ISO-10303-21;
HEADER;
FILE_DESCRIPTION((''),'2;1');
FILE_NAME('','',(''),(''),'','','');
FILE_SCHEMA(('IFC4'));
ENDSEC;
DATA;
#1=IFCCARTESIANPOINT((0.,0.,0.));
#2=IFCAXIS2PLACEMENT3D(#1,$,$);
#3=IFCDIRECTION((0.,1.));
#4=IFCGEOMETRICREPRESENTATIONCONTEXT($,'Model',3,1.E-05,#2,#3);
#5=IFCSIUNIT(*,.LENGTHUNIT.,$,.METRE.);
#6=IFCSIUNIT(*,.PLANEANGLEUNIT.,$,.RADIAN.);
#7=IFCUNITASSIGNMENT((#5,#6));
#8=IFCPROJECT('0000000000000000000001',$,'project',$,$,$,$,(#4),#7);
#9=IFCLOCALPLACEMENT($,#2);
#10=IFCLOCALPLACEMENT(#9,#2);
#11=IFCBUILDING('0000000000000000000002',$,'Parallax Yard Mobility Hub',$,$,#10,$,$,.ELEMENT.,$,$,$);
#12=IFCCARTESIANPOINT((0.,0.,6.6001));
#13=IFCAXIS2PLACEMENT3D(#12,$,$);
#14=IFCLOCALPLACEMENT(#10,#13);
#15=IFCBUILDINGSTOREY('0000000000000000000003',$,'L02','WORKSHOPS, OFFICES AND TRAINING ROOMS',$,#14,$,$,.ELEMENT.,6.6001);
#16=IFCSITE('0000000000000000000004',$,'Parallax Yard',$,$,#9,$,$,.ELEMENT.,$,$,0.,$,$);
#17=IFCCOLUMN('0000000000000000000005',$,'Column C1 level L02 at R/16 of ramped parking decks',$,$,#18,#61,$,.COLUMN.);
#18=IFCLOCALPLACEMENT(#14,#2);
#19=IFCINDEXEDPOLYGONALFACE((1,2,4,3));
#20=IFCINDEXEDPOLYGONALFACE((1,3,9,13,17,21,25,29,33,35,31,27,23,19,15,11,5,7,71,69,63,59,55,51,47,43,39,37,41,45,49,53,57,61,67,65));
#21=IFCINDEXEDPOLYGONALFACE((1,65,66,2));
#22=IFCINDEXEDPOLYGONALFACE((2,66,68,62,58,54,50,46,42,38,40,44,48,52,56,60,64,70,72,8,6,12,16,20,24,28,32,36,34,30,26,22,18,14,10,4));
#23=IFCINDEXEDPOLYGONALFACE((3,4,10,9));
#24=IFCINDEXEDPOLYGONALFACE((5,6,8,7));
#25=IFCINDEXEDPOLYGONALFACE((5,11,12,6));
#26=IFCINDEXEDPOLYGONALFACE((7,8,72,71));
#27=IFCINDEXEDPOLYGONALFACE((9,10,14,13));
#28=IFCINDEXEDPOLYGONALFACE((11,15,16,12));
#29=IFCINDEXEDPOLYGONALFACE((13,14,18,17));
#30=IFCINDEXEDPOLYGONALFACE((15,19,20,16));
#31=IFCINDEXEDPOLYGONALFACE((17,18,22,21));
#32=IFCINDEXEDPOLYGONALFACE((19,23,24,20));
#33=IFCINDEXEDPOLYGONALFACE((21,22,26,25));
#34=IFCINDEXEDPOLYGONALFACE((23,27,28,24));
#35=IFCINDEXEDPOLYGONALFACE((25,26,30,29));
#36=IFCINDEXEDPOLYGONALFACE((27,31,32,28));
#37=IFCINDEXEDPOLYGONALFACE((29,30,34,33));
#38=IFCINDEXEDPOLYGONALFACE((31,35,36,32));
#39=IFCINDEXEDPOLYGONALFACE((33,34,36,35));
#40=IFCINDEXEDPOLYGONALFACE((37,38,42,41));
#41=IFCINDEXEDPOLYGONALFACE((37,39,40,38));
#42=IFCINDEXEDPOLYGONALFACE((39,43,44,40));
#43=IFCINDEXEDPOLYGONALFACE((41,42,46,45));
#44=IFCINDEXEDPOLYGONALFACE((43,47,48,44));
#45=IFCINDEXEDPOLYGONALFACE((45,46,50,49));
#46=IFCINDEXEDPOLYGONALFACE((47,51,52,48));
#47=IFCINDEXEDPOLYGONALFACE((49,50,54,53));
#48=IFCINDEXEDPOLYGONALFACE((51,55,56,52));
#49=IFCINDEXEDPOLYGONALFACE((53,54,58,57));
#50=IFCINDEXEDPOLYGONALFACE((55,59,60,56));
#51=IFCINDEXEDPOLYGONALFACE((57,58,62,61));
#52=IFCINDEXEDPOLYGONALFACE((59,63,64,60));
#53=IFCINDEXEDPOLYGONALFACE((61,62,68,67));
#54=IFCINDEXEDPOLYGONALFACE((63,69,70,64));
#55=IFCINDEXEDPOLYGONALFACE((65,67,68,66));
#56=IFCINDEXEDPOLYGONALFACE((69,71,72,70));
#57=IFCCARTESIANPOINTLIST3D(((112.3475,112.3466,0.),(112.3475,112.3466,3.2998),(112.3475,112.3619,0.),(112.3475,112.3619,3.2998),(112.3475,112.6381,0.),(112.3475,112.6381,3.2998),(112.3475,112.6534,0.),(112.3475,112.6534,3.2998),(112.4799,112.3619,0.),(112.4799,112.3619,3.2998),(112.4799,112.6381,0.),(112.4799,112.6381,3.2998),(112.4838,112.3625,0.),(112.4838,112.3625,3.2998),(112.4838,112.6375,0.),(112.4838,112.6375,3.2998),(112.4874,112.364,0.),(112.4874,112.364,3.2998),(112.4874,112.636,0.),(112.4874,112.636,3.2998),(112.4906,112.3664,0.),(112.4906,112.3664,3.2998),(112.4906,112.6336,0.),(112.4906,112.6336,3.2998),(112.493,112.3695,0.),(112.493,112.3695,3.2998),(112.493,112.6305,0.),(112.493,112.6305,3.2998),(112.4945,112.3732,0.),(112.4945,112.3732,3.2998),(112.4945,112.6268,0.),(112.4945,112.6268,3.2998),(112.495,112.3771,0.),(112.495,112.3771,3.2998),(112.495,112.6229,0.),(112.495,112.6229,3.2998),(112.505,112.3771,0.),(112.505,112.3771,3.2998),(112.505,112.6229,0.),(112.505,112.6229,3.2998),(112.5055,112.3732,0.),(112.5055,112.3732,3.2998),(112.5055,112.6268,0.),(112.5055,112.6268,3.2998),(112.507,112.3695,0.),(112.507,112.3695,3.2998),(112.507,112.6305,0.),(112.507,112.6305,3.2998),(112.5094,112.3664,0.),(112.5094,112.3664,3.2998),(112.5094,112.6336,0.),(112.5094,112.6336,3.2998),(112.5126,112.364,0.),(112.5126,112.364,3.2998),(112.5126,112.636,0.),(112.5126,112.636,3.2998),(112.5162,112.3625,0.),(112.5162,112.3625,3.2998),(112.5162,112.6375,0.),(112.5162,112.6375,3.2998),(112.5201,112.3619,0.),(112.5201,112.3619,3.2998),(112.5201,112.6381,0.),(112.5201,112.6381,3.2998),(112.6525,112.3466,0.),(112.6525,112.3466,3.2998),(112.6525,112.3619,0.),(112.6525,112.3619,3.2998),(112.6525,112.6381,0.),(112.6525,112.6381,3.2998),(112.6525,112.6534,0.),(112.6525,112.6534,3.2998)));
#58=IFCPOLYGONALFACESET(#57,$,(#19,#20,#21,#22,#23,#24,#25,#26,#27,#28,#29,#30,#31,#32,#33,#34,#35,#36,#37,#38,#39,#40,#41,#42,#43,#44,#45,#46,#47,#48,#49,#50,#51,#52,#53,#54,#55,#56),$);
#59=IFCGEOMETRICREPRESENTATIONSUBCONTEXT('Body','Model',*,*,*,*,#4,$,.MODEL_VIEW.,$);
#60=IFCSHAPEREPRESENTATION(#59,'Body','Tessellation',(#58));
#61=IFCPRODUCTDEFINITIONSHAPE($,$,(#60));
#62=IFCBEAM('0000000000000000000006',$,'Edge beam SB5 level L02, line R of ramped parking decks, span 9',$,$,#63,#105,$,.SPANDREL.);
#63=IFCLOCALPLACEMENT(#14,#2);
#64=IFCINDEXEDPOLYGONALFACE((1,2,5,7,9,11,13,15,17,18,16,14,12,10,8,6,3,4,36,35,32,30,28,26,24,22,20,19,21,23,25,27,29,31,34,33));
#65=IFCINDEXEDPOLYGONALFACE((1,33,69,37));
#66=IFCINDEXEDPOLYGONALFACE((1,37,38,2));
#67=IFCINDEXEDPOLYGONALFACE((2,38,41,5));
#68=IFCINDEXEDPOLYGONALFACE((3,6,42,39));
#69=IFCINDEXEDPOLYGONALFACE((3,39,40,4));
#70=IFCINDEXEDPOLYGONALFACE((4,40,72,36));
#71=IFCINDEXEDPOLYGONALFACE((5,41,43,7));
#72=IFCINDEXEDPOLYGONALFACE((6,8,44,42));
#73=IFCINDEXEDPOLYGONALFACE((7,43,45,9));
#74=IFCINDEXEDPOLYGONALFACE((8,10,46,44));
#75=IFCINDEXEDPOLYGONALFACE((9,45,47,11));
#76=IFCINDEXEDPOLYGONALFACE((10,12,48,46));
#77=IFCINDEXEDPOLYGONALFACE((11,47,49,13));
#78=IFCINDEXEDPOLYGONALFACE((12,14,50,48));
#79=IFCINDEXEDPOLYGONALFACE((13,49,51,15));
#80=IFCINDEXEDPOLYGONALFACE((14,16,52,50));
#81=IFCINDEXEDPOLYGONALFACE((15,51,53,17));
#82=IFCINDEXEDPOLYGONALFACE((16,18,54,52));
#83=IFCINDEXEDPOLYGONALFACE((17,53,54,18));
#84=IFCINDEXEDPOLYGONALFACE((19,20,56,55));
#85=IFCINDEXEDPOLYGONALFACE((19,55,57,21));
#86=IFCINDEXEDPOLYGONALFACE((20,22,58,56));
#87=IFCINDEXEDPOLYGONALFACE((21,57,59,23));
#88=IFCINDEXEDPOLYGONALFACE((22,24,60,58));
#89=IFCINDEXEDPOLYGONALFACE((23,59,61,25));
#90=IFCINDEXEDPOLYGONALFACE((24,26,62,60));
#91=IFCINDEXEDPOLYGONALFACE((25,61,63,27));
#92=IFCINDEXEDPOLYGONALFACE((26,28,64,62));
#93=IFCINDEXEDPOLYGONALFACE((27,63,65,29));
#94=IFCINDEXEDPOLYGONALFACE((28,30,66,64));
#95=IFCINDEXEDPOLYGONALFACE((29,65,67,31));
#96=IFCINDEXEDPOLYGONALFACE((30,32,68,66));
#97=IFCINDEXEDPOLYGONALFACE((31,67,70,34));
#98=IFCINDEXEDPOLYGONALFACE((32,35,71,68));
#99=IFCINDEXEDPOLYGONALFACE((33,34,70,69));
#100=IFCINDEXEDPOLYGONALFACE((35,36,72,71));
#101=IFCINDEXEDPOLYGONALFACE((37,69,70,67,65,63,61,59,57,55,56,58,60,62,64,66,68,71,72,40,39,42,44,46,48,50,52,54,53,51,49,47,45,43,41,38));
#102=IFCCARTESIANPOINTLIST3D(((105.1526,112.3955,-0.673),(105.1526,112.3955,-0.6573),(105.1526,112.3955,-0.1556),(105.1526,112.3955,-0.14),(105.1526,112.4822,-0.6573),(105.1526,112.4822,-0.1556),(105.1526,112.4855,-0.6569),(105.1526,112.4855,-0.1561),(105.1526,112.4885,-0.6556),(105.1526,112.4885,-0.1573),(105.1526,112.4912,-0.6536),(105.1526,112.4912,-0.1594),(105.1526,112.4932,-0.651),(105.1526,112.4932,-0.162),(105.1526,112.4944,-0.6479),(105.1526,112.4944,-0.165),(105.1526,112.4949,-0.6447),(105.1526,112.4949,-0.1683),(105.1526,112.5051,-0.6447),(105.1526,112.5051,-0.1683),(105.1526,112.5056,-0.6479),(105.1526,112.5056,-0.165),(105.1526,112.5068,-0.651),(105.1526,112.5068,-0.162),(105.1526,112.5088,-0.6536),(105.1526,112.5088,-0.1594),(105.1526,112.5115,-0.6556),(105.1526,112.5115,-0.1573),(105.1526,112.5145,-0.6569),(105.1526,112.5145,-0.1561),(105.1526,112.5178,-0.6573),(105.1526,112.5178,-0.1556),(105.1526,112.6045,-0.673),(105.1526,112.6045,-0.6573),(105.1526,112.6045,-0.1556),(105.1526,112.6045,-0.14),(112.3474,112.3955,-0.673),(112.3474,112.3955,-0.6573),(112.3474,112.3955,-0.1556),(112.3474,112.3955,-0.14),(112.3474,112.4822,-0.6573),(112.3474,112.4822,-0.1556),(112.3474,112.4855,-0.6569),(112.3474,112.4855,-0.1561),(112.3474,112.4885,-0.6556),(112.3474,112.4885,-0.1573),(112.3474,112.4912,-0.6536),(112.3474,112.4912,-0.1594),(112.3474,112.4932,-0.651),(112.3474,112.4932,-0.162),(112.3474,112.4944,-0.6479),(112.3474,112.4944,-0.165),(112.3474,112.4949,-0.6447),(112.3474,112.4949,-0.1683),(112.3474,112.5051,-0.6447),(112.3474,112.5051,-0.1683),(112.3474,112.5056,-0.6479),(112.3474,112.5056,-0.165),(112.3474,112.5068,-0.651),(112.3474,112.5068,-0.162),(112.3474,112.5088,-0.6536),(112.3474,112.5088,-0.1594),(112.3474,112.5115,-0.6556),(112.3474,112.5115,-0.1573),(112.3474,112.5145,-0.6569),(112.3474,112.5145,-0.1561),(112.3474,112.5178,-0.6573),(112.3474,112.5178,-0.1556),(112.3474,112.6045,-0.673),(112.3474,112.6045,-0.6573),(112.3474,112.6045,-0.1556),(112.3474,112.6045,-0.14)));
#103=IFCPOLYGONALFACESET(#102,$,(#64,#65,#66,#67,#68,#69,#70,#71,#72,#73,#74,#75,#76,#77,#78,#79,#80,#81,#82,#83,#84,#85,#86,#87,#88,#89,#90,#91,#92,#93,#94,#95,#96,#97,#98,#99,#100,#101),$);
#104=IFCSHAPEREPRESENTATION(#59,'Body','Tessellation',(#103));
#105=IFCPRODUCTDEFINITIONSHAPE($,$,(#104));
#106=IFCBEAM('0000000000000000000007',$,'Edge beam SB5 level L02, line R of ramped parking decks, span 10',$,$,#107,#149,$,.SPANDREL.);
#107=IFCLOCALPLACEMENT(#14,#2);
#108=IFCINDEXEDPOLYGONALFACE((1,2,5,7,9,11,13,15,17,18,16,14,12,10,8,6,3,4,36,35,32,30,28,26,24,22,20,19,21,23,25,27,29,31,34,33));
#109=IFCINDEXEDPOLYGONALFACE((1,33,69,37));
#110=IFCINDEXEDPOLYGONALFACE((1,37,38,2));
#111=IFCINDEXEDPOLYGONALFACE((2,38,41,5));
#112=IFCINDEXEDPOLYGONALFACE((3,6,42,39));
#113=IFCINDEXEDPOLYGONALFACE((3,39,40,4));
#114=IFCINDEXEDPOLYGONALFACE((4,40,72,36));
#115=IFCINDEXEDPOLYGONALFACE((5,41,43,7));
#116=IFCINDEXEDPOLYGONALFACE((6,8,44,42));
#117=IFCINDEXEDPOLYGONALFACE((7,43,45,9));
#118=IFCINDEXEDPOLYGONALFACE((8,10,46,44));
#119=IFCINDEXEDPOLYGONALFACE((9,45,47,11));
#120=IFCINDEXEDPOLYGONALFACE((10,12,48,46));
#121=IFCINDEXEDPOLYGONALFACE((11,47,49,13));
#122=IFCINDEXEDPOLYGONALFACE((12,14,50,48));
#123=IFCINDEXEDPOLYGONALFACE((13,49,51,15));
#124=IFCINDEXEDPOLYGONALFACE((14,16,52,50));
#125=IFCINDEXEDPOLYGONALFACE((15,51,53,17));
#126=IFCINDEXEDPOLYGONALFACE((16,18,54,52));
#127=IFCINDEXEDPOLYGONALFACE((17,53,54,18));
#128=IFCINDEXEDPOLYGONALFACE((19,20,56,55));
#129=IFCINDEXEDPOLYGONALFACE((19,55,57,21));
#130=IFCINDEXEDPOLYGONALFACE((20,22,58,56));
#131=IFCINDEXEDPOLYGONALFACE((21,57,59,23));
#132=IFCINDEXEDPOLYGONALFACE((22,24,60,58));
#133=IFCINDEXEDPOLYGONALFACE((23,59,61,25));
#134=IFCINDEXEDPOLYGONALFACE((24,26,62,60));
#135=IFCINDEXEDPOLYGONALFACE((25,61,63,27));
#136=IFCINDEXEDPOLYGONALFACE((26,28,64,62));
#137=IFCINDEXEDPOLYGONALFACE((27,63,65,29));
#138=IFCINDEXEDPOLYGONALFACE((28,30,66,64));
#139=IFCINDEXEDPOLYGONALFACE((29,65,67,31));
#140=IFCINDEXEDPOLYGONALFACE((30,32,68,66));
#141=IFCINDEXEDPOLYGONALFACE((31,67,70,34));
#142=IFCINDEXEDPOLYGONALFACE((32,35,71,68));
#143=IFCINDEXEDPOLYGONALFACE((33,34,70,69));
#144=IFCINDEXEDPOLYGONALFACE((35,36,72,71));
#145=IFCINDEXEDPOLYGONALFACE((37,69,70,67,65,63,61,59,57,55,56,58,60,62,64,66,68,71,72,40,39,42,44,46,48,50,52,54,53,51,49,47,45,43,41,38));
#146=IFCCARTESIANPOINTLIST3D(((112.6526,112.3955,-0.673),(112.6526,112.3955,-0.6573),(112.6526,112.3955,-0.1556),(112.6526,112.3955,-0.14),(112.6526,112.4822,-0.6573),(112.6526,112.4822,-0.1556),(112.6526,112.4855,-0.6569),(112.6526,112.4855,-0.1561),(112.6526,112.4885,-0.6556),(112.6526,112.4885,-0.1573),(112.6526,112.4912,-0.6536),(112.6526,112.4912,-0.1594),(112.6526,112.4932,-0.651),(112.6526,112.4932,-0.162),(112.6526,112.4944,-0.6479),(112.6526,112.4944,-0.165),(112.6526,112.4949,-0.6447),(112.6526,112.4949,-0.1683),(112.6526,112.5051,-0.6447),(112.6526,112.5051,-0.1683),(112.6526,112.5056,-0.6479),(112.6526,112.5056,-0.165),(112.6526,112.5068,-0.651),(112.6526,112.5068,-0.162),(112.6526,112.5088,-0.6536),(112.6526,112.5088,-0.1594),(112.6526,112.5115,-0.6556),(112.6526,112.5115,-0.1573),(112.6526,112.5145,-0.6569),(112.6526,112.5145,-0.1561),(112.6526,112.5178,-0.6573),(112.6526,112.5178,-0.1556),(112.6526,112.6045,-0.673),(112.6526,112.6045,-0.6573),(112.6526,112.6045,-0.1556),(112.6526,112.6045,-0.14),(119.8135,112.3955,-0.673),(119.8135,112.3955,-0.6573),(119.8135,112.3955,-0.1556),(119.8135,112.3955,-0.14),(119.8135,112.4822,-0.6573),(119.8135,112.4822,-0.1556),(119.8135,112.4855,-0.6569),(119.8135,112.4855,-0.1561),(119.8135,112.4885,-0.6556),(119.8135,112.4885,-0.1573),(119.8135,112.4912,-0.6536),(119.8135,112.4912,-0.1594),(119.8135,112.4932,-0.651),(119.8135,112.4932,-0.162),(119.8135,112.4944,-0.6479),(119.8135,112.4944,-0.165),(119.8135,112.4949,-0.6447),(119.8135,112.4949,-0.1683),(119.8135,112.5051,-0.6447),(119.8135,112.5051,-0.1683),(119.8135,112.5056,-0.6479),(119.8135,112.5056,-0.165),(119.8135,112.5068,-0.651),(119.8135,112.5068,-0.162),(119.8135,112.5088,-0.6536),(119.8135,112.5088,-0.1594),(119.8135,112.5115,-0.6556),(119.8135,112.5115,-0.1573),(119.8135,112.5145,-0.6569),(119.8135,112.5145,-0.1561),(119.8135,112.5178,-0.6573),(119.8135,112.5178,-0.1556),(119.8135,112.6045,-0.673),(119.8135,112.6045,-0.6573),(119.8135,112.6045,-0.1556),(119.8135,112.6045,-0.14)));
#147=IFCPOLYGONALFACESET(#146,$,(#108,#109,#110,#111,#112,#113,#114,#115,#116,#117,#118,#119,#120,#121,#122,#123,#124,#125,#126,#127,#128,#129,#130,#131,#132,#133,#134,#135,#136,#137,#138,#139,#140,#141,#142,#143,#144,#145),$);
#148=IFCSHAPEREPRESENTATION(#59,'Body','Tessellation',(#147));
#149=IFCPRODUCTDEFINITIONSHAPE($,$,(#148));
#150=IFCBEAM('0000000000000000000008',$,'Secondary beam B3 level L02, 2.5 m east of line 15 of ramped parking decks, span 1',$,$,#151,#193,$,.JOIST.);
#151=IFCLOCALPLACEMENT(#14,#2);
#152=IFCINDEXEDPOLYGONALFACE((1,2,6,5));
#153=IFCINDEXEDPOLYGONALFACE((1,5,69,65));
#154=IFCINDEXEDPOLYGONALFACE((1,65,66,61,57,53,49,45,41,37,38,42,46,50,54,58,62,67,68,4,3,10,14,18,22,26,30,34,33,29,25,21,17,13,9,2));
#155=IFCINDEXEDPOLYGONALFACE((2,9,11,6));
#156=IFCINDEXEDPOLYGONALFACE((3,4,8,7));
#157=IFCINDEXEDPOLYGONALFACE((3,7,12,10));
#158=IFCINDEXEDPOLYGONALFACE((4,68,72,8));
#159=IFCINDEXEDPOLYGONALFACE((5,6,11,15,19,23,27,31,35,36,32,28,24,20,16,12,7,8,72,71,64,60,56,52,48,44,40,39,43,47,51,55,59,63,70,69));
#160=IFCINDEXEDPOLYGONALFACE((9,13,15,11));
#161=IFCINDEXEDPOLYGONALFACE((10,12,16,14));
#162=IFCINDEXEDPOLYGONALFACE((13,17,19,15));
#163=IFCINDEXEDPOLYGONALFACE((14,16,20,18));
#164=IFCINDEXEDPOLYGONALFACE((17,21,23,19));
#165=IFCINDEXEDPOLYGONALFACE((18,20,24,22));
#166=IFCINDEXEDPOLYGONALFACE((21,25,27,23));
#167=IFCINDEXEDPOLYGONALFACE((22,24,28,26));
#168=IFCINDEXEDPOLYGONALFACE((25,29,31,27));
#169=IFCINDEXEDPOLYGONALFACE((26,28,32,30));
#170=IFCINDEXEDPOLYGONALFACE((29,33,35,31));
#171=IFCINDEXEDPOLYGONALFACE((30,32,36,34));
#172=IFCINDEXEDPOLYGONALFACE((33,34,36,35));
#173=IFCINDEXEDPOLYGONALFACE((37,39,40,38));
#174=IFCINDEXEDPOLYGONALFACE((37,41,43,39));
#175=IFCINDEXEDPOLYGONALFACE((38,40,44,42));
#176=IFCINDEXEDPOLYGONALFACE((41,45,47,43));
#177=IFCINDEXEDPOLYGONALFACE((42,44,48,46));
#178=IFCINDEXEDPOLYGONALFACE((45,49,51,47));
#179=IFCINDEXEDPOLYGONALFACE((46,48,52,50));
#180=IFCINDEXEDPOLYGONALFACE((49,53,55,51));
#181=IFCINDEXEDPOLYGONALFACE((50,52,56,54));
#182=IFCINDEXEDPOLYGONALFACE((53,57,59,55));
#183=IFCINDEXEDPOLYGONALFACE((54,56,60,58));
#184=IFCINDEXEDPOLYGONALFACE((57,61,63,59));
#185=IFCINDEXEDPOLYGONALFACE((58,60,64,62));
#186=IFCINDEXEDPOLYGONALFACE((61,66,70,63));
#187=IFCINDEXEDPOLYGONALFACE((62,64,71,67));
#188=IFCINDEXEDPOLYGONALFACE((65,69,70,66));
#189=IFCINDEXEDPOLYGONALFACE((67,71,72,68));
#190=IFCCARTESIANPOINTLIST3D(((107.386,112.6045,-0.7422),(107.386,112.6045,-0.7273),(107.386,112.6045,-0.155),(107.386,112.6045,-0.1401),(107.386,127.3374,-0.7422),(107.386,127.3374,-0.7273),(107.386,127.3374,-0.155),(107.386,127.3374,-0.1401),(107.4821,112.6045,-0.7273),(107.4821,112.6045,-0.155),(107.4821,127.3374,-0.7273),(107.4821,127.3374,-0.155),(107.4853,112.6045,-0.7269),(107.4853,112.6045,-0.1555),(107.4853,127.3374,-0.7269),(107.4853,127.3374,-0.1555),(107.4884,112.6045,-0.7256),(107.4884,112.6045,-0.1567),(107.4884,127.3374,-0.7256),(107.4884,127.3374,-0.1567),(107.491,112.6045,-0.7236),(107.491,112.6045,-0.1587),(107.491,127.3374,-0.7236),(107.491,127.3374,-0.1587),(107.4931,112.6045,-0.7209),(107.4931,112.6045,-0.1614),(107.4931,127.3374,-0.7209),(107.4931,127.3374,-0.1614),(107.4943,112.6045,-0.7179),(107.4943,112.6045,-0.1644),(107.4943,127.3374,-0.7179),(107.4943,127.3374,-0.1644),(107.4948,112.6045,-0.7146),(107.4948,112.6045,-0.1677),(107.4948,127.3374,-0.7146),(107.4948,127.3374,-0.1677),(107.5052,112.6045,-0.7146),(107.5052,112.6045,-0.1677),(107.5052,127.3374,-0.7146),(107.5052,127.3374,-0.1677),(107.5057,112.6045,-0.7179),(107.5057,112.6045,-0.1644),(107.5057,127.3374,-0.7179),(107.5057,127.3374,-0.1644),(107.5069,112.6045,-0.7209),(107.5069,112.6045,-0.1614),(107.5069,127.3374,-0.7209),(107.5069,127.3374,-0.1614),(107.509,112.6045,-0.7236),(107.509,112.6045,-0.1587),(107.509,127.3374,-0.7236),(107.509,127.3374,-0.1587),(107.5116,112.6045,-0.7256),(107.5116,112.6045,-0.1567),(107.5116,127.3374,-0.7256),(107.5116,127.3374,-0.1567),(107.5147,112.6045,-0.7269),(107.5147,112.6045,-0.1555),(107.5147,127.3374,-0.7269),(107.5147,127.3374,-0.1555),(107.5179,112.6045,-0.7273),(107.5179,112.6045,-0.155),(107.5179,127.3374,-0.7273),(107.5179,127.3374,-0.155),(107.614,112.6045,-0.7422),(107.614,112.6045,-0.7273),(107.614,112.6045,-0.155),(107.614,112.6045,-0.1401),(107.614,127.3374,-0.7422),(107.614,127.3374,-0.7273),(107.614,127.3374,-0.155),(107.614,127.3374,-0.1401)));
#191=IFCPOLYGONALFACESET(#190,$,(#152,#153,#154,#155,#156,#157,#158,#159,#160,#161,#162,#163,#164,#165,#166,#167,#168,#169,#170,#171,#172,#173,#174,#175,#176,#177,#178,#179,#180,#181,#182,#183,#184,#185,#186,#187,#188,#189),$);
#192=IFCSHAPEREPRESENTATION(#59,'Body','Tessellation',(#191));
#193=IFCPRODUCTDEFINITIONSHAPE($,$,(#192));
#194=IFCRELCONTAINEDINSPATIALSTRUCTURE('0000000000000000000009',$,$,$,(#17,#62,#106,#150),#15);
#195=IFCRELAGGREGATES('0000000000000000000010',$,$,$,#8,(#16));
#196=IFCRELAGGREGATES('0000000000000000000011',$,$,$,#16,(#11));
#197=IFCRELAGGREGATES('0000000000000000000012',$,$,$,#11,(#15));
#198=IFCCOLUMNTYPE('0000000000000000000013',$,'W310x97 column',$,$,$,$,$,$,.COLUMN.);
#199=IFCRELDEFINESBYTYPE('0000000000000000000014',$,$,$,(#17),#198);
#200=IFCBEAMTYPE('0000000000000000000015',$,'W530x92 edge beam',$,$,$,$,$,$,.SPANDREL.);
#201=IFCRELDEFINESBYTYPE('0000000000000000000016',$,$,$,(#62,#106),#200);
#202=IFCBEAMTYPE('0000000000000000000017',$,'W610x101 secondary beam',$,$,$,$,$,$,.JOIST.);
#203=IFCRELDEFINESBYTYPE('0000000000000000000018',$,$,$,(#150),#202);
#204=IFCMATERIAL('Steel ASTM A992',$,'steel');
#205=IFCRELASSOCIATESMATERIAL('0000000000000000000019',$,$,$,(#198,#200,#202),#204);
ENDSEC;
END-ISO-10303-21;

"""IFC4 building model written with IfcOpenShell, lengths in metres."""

from ifc_helpers import new_model, si_unit, direction, frame, origin, origin_2d, place, context, subcontext, project, spatial, i_section, extrude, material, material_profile, profile_set, type_object, element, save


model = new_model("IFC4")

# Units and contexts
model_context = context("Model", 3, precision=1e-05, world=origin(), true_north=direction((0.0, 1.0)))
body_context = subcontext(model_context, "Body", "Model", "MODEL_VIEW")
ifc_project = project(units=[si_unit("LENGTHUNIT", "METRE"), si_unit("PLANEANGLEUNIT", "RADIAN")], contexts=[model_context])

# Site, building, storey
site_placement = place(None, origin())
site = spatial("IfcSite", under=ifc_project, at=site_placement, Name="Parallax Yard", CompositionType="ELEMENT", RefElevation=0.0)
building_placement = place(site_placement, origin())
building = spatial("IfcBuilding", under=site, at=building_placement, Name="Parallax Yard Mobility Hub", CompositionType="ELEMENT")
storey_placement = place(building_placement, frame((0.0, 0.0, 6.6001)))
storey = spatial("IfcBuildingStorey", under=building, at=storey_placement, Name="L02", Description="WORKSHOPS, OFFICES AND TRAINING ROOMS", CompositionType="ELEMENT", Elevation=6.6001)

# Column
ifc_material_1 = material(Name="Steel ASTM A992", Category="steel")
ifc_material_profile_1 = material_profile(ifc_material_1, i_section(OverallWidth=0.3049, OverallDepth=0.3069, WebThickness=0.01, FlangeThickness=0.0154, FilletRadius=0.0151, at=origin_2d()), Name="W310x97")
ifc_profile_set_1 = profile_set([ifc_material_profile_1], Name="Steel ASTM A992")
column_type = type_object("IfcColumnType", Name="W310x97 column", PredefinedType="COLUMN", material=ifc_profile_set_1)
column_placement = place(storey_placement, frame((112.5, 112.5, 0.0), z_axis=(0.0, 0.0, 1.0), x_axis=(1.0, 0.0, 0.0)))
element("IfcColumn", 1, at=column_placement, inside=storey, type_object=column_type, Name="Column C1 level L02 at R/16 of ramped parking decks", PredefinedType="COLUMN", context=body_context, shape_type="SweptSolid", body=[
    extrude(i_section(OverallWidth=0.3049, OverallDepth=0.3069, WebThickness=0.01, FlangeThickness=0.0154, FilletRadius=0.0151, at=origin_2d()), origin(), (0.0, 0.0, 1.0), 3.2998),
])

# Beams
ifc_material_profile_2 = material_profile(ifc_material_1, i_section(OverallWidth=0.209, OverallDepth=0.533, WebThickness=0.0103, FlangeThickness=0.0156, FilletRadius=0.0127, at=origin_2d()), Name="W530x92")
ifc_profile_set_2 = profile_set([ifc_material_profile_2], Name="Steel ASTM A992")
beam_type_1 = type_object("IfcBeamType", Name="W530x92 edge beam", PredefinedType="SPANDREL", material=ifc_profile_set_2)
beam_1_placement = place(storey_placement, frame((105.1526, 112.5, -0.4065), z_axis=(1.0, 0.0, 0.0), x_axis=(0.0, 1.0, 0.0)))
element("IfcBeam", 2, at=beam_1_placement, inside=storey, type_object=beam_type_1, Name="Edge beam SB5 level L02, line R of ramped parking decks, span 9", PredefinedType="SPANDREL", context=body_context, shape_type="SweptSolid", body=[
    extrude(i_section(OverallWidth=0.209, OverallDepth=0.533, WebThickness=0.0103, FlangeThickness=0.0156, FilletRadius=0.0127, at=origin_2d()), origin(), (0.0, 0.0, 1.0), 7.1948),
])
beam_2_placement = place(storey_placement, frame((112.6526, 112.5, -0.4065), z_axis=(1.0, 0.0, 0.0), x_axis=(0.0, 1.0, 0.0)))
element("IfcBeam", 3, at=beam_2_placement, inside=storey, type_object=beam_type_1, Name="Edge beam SB5 level L02, line R of ramped parking decks, span 10", PredefinedType="SPANDREL", context=body_context, shape_type="SweptSolid", body=[
    extrude(i_section(OverallWidth=0.209, OverallDepth=0.533, WebThickness=0.0103, FlangeThickness=0.0156, FilletRadius=0.0127, at=origin_2d()), origin(), (0.0, 0.0, 1.0), 7.1609),
])
ifc_material_profile_3 = material_profile(ifc_material_1, i_section(OverallWidth=0.228, OverallDepth=0.6021, WebThickness=0.0105, FlangeThickness=0.0149, FilletRadius=0.0127, at=origin_2d()), Name="W610x101")
ifc_profile_set_3 = profile_set([ifc_material_profile_3], Name="Steel ASTM A992")
beam_type_2 = type_object("IfcBeamType", Name="W610x101 secondary beam", PredefinedType="JOIST", material=ifc_profile_set_3)
for number, where, z_axis, x_axis, name in (
    (4, (107.5, 112.6045, -0.4412), (0.0, 1.0, 0.0), (-1.0, 0.0, 0.0), "Secondary beam B3 level L02, 2.5 m east of line 15 of ramped parking decks, span 1"),
):
    element("IfcBeam", number, at=place(storey_placement, frame(where, z_axis=z_axis, x_axis=x_axis)), inside=storey, type_object=beam_type_2, Name=name, PredefinedType="JOIST", context=body_context, shape_type="SweptSolid", body=[
        extrude(i_section(OverallWidth=0.228, OverallDepth=0.6021, WebThickness=0.0105, FlangeThickness=0.0149, FilletRadius=0.0127, at=origin_2d()), origin(), (0.0, 0.0, 1.0), 14.7329),
    ])

save(model, "model.ifc")
